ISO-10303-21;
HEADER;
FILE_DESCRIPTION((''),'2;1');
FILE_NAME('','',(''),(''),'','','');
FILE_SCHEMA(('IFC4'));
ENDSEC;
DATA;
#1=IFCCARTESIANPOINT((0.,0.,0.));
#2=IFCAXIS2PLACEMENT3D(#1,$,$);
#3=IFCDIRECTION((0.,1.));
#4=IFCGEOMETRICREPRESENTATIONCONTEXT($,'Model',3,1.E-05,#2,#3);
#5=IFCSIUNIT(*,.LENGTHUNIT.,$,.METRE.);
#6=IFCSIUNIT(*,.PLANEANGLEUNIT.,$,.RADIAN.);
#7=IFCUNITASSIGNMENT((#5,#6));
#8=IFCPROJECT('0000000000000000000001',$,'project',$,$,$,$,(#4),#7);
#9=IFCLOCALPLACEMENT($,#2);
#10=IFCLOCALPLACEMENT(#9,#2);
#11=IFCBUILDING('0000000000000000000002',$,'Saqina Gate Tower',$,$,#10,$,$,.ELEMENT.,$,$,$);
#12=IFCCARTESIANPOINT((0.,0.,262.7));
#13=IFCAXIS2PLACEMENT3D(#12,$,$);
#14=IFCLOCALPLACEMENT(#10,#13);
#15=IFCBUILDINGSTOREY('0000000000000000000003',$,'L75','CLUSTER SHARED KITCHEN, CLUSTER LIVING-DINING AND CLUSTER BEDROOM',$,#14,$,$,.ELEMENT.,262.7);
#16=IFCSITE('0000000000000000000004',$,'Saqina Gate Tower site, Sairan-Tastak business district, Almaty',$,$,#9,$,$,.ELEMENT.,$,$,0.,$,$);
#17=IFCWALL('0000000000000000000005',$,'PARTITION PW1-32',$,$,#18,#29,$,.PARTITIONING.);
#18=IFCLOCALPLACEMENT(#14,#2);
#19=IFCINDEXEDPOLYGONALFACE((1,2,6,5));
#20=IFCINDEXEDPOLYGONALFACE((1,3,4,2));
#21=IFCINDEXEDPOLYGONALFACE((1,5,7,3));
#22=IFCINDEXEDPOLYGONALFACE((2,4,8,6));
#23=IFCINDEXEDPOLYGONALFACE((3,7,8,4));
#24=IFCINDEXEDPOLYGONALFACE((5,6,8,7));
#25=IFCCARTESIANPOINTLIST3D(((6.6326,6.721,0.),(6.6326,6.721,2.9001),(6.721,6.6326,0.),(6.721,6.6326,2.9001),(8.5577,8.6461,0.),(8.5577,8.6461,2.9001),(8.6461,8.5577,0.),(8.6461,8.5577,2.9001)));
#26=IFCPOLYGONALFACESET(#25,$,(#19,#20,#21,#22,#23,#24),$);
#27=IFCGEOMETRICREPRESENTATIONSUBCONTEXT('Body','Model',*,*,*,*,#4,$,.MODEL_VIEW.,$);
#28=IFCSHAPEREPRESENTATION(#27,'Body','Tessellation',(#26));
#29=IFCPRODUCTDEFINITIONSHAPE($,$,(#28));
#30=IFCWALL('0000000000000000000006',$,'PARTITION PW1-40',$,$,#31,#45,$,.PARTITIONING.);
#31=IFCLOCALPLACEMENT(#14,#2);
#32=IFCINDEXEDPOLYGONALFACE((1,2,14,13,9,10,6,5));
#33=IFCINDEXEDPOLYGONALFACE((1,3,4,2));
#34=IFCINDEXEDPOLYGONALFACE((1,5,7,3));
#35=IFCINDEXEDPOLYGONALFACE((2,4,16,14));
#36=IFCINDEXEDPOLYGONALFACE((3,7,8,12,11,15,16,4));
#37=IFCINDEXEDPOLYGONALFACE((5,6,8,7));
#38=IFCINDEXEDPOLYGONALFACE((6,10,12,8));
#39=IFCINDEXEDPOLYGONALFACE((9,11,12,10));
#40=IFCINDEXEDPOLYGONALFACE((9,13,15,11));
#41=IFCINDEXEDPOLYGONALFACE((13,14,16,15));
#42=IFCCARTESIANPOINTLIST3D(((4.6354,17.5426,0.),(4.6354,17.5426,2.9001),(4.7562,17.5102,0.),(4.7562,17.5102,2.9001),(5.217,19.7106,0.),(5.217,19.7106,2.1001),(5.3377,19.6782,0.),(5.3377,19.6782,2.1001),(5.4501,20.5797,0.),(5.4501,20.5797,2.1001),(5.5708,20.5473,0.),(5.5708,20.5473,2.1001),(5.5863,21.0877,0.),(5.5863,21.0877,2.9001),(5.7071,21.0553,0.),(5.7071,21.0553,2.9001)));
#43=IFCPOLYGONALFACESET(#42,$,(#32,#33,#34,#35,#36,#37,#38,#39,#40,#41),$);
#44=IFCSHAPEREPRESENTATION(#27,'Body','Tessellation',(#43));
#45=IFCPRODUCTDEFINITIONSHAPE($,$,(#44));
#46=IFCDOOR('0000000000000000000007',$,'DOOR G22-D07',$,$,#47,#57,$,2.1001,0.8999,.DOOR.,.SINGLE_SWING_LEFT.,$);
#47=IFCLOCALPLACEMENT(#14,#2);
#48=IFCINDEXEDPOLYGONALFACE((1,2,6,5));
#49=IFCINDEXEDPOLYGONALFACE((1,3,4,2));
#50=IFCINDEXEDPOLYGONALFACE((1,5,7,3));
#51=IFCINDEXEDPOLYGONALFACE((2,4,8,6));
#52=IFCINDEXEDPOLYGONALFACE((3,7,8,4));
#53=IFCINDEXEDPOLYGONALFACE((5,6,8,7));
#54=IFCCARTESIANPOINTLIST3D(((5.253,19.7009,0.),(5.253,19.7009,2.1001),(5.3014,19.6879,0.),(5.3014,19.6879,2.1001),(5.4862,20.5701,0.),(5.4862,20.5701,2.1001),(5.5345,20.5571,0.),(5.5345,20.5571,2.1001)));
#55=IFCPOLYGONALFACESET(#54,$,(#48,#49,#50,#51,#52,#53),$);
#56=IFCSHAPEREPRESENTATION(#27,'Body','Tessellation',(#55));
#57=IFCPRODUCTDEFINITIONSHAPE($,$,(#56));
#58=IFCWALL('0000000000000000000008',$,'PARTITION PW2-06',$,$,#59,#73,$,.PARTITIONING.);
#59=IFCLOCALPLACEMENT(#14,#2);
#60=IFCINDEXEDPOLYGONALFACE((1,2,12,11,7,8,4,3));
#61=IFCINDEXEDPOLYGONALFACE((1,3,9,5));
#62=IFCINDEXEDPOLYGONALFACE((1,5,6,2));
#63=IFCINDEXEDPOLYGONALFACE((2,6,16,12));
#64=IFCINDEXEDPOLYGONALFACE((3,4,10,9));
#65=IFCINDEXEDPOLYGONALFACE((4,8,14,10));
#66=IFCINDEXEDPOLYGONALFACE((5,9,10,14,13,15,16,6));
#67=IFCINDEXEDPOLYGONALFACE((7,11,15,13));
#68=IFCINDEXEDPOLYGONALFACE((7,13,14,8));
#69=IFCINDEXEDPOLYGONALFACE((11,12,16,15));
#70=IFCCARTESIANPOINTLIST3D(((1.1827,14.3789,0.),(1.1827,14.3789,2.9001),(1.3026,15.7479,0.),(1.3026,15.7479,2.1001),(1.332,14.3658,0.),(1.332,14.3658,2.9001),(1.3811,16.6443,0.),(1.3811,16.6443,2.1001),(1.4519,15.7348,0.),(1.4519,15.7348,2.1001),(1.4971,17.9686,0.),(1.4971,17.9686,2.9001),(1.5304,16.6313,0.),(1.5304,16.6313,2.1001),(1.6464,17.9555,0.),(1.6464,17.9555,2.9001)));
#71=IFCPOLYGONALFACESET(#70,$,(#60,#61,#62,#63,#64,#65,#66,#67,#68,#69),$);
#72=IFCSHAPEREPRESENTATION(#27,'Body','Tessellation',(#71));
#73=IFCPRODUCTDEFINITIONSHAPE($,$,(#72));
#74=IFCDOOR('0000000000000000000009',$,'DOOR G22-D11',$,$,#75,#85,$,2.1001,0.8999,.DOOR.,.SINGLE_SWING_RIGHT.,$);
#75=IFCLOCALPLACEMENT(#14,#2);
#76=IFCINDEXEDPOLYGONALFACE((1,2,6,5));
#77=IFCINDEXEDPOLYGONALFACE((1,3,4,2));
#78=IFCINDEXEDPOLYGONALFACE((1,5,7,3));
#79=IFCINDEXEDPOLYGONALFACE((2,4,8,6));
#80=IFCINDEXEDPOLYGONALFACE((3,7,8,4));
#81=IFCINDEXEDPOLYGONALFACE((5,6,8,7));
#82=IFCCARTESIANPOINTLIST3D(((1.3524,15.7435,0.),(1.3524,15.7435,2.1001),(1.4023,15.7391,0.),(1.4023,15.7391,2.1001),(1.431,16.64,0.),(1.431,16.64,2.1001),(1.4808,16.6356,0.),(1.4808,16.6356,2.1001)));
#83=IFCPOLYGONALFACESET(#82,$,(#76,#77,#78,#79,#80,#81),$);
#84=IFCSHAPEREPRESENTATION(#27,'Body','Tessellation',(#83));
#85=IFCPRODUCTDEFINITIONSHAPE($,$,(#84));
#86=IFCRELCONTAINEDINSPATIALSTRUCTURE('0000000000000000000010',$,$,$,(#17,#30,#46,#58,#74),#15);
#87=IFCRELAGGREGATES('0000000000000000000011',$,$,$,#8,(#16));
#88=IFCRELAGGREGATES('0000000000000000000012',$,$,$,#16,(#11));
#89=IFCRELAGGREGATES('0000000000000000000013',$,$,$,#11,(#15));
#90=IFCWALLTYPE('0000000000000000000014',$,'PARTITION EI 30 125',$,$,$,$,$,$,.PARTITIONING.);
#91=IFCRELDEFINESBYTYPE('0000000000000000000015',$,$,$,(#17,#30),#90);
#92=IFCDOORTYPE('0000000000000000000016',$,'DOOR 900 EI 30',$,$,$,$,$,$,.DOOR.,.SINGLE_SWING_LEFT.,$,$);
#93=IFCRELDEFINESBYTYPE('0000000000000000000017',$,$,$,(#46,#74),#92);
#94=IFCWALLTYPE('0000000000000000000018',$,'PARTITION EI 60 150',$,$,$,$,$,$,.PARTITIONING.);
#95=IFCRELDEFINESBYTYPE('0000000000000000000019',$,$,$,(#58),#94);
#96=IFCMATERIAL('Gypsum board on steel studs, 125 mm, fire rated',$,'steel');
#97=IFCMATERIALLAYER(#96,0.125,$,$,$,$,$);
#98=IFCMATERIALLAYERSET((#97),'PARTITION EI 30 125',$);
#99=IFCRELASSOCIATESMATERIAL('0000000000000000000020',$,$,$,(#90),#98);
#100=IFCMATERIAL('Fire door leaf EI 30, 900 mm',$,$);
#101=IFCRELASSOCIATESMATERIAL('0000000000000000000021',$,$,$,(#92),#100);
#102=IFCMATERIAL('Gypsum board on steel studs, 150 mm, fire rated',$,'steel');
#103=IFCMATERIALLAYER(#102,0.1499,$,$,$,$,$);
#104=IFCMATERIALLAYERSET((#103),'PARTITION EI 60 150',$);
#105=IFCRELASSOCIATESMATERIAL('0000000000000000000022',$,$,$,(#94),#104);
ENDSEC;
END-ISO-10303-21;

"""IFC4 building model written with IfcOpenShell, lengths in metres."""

from ifc_helpers import new_model, si_unit, direction, frame, frame_2d, origin, place, context, subcontext, project, spatial, rectangle, extrude, material, layer, layer_set, type_object, element, fill, save


model = new_model("IFC4")

# Units and contexts
model_context = context("Model", 3, precision=1e-05, world=origin(), true_north=direction((0.0, 1.0)))
body_context = subcontext(model_context, "Body", "Model", "MODEL_VIEW")
ifc_project = project(units=[si_unit("LENGTHUNIT", "METRE"), si_unit("PLANEANGLEUNIT", "RADIAN")], contexts=[model_context])

# Site, building, storey
site_placement = place(None, origin())
site = spatial("IfcSite", under=ifc_project, at=site_placement, Name="Saqina Gate Tower site, Sairan-Tastak business district, Almaty", CompositionType="ELEMENT", RefElevation=0.0)
building_placement = place(site_placement, origin())
building = spatial("IfcBuilding", under=site, at=building_placement, Name="Saqina Gate Tower", CompositionType="ELEMENT")
storey_placement = place(building_placement, frame((0.0, 0.0, 262.7)))
storey = spatial("IfcBuildingStorey", under=building, at=storey_placement, Name="L75", Description="CLUSTER SHARED KITCHEN, CLUSTER LIVING-DINING AND CLUSTER BEDROOM", CompositionType="ELEMENT", Elevation=262.7)

# Shared definitions
ifc_material_1 = material(Name="Gypsum board on steel studs, 125 mm, fire rated", Category="steel")
ifc_layer_1 = layer(ifc_material_1, 0.125)
ifc_layer_set_1 = layer_set([ifc_layer_1], Name="PARTITION EI 30 125")
wall_type_1 = type_object("IfcWallType", Name="PARTITION EI 30 125", PredefinedType="PARTITIONING", material=ifc_layer_set_1)

# Wall
wall_1_placement = place(storey_placement, frame((6.6768, 6.6768, 0.0), z_axis=(0.0, 0.0, 1.0), x_axis=(0.707107, 0.707107, 0.0)))
element("IfcWall", 1, at=wall_1_placement, inside=storey, type_object=wall_type_1, Name="PARTITION PW1-32", PredefinedType="PARTITIONING", context=body_context, shape_type="SweptSolid", body=[
    extrude(rectangle(XDim=2.7224, YDim=0.125, at=frame_2d((1.3613, 0.0))), origin(), (0.0, 0.0, 1.0), 2.9001),
])

# Walls, openings, doors
wall_2_placement = place(storey_placement, frame((4.6958, 17.5264, 0.0), z_axis=(0.0, 0.0, 1.0), x_axis=(0.259074, 0.965857, 0.0)))
wall_2 = element("IfcWall", 2, at=wall_2_placement, inside=storey, type_object=wall_type_1, Name="PARTITION PW1-40", PredefinedType="PARTITIONING", context=body_context, shape_type="SweptSolid", body=[
    extrude(rectangle(XDim=3.6704, YDim=0.125, at=frame_2d((1.8352, 0.0))), origin(), (0.0, 0.0, 1.0), 2.9001),
])
opening_1_placement = place(wall_2_placement, frame((2.2446, 0.0, 0.0)))
opening_1 = element("IfcOpeningElement", 3, at=opening_1_placement, cuts=wall_2, PredefinedType="OPENING", context=body_context, shape_type="SweptSolid", body=[
    extrude(rectangle(XDim=0.8999, YDim=2.1001, at=frame_2d((0.45, 1.05))), frame((0.0, 0.0745, 0.0), z_axis=(0.0, -1.0, 0.0), x_axis=(1.0, 0.0, 0.0)), (0.0, 0.0, 1.0), 0.1489),
])
ifc_material_2 = material(Name="Fire door leaf EI 30, 900 mm")
door_type_1 = type_object("IfcDoorType", Name="DOOR 900 EI 30", OperationType="SINGLE_SWING_LEFT", PredefinedType="DOOR", material=ifc_material_2)
door_1_placement = place(opening_1_placement, frame((0.8999, 0.0, 0.0), z_axis=(0.0, 0.0, 1.0), x_axis=(-1.0, 0.0, 0.0)))
door_1 = element("IfcDoor", 4, at=door_1_placement, inside=storey, type_object=door_type_1, Name="DOOR G22-D07", OperationType="SINGLE_SWING_LEFT", OverallHeight=2.1001, OverallWidth=0.8999, PredefinedType="DOOR", context=body_context, shape_type="SweptSolid", body=[
    extrude(rectangle(XDim=0.8999, YDim=2.1001, at=frame_2d((0.45, 1.05))), frame((0.0, 0.0249, 0.0), z_axis=(0.0, -1.0, 0.0), x_axis=(1.0, 0.0, 0.0)), (0.0, 0.0, 1.0), 0.05),
])
fill(opening_1, door_1)
ifc_material_3 = material(Name="Gypsum board on steel studs, 150 mm, fire rated", Category="steel")
ifc_layer_2 = layer(ifc_material_3, 0.1499)
ifc_layer_set_2 = layer_set([ifc_layer_2], Name="PARTITION EI 60 150")
wall_type_2 = type_object("IfcWallType", Name="PARTITION EI 60 150", PredefinedType="PARTITIONING", material=ifc_layer_set_2)
wall_3_placement = place(storey_placement, frame((1.2573, 14.3723, 0.0), z_axis=(0.0, 0.0, 1.0), x_axis=(0.087261, 0.996185, 0.0)))
wall_3 = element("IfcWall", 5, at=wall_3_placement, inside=storey, type_object=wall_type_2, Name="PARTITION PW2-06", PredefinedType="PARTITIONING", context=body_context, shape_type="SweptSolid", body=[
    extrude(rectangle(XDim=3.6035, YDim=0.1499, at=frame_2d((1.8018, 0.0))), origin(), (0.0, 0.0, 1.0), 2.9001),
])
opening_2_placement = place(wall_3_placement, frame((1.3743, 0.0, 0.0)))
opening_2 = element("IfcOpeningElement", 6, at=opening_2_placement, cuts=wall_3, PredefinedType="OPENING", context=body_context, shape_type="SweptSolid", body=[
    extrude(rectangle(XDim=0.8999, YDim=2.1001, at=frame_2d((0.45, 1.05))), frame((0.0, 0.0869, 0.0), z_axis=(0.0, -1.0, 0.0), x_axis=(1.0, 0.0, 0.0)), (0.0, 0.0, 1.0), 0.1738),
])
door_2_placement = place(opening_2_placement, origin())
door_2 = element("IfcDoor", 7, at=door_2_placement, inside=storey, type_object=door_type_1, Name="DOOR G22-D11", OperationType="SINGLE_SWING_RIGHT", OverallHeight=2.1001, OverallWidth=0.8999, PredefinedType="DOOR", context=body_context, shape_type="SweptSolid", body=[
    extrude(rectangle(XDim=0.8999, YDim=2.1001, at=frame_2d((0.45, 1.05))), frame((0.0, 0.0249, 0.0), z_axis=(0.0, -1.0, 0.0), x_axis=(1.0, 0.0, 0.0)), (0.0, 0.0, 1.0), 0.05),
])
fill(opening_2, door_2)

save(model, "model.ifc")
